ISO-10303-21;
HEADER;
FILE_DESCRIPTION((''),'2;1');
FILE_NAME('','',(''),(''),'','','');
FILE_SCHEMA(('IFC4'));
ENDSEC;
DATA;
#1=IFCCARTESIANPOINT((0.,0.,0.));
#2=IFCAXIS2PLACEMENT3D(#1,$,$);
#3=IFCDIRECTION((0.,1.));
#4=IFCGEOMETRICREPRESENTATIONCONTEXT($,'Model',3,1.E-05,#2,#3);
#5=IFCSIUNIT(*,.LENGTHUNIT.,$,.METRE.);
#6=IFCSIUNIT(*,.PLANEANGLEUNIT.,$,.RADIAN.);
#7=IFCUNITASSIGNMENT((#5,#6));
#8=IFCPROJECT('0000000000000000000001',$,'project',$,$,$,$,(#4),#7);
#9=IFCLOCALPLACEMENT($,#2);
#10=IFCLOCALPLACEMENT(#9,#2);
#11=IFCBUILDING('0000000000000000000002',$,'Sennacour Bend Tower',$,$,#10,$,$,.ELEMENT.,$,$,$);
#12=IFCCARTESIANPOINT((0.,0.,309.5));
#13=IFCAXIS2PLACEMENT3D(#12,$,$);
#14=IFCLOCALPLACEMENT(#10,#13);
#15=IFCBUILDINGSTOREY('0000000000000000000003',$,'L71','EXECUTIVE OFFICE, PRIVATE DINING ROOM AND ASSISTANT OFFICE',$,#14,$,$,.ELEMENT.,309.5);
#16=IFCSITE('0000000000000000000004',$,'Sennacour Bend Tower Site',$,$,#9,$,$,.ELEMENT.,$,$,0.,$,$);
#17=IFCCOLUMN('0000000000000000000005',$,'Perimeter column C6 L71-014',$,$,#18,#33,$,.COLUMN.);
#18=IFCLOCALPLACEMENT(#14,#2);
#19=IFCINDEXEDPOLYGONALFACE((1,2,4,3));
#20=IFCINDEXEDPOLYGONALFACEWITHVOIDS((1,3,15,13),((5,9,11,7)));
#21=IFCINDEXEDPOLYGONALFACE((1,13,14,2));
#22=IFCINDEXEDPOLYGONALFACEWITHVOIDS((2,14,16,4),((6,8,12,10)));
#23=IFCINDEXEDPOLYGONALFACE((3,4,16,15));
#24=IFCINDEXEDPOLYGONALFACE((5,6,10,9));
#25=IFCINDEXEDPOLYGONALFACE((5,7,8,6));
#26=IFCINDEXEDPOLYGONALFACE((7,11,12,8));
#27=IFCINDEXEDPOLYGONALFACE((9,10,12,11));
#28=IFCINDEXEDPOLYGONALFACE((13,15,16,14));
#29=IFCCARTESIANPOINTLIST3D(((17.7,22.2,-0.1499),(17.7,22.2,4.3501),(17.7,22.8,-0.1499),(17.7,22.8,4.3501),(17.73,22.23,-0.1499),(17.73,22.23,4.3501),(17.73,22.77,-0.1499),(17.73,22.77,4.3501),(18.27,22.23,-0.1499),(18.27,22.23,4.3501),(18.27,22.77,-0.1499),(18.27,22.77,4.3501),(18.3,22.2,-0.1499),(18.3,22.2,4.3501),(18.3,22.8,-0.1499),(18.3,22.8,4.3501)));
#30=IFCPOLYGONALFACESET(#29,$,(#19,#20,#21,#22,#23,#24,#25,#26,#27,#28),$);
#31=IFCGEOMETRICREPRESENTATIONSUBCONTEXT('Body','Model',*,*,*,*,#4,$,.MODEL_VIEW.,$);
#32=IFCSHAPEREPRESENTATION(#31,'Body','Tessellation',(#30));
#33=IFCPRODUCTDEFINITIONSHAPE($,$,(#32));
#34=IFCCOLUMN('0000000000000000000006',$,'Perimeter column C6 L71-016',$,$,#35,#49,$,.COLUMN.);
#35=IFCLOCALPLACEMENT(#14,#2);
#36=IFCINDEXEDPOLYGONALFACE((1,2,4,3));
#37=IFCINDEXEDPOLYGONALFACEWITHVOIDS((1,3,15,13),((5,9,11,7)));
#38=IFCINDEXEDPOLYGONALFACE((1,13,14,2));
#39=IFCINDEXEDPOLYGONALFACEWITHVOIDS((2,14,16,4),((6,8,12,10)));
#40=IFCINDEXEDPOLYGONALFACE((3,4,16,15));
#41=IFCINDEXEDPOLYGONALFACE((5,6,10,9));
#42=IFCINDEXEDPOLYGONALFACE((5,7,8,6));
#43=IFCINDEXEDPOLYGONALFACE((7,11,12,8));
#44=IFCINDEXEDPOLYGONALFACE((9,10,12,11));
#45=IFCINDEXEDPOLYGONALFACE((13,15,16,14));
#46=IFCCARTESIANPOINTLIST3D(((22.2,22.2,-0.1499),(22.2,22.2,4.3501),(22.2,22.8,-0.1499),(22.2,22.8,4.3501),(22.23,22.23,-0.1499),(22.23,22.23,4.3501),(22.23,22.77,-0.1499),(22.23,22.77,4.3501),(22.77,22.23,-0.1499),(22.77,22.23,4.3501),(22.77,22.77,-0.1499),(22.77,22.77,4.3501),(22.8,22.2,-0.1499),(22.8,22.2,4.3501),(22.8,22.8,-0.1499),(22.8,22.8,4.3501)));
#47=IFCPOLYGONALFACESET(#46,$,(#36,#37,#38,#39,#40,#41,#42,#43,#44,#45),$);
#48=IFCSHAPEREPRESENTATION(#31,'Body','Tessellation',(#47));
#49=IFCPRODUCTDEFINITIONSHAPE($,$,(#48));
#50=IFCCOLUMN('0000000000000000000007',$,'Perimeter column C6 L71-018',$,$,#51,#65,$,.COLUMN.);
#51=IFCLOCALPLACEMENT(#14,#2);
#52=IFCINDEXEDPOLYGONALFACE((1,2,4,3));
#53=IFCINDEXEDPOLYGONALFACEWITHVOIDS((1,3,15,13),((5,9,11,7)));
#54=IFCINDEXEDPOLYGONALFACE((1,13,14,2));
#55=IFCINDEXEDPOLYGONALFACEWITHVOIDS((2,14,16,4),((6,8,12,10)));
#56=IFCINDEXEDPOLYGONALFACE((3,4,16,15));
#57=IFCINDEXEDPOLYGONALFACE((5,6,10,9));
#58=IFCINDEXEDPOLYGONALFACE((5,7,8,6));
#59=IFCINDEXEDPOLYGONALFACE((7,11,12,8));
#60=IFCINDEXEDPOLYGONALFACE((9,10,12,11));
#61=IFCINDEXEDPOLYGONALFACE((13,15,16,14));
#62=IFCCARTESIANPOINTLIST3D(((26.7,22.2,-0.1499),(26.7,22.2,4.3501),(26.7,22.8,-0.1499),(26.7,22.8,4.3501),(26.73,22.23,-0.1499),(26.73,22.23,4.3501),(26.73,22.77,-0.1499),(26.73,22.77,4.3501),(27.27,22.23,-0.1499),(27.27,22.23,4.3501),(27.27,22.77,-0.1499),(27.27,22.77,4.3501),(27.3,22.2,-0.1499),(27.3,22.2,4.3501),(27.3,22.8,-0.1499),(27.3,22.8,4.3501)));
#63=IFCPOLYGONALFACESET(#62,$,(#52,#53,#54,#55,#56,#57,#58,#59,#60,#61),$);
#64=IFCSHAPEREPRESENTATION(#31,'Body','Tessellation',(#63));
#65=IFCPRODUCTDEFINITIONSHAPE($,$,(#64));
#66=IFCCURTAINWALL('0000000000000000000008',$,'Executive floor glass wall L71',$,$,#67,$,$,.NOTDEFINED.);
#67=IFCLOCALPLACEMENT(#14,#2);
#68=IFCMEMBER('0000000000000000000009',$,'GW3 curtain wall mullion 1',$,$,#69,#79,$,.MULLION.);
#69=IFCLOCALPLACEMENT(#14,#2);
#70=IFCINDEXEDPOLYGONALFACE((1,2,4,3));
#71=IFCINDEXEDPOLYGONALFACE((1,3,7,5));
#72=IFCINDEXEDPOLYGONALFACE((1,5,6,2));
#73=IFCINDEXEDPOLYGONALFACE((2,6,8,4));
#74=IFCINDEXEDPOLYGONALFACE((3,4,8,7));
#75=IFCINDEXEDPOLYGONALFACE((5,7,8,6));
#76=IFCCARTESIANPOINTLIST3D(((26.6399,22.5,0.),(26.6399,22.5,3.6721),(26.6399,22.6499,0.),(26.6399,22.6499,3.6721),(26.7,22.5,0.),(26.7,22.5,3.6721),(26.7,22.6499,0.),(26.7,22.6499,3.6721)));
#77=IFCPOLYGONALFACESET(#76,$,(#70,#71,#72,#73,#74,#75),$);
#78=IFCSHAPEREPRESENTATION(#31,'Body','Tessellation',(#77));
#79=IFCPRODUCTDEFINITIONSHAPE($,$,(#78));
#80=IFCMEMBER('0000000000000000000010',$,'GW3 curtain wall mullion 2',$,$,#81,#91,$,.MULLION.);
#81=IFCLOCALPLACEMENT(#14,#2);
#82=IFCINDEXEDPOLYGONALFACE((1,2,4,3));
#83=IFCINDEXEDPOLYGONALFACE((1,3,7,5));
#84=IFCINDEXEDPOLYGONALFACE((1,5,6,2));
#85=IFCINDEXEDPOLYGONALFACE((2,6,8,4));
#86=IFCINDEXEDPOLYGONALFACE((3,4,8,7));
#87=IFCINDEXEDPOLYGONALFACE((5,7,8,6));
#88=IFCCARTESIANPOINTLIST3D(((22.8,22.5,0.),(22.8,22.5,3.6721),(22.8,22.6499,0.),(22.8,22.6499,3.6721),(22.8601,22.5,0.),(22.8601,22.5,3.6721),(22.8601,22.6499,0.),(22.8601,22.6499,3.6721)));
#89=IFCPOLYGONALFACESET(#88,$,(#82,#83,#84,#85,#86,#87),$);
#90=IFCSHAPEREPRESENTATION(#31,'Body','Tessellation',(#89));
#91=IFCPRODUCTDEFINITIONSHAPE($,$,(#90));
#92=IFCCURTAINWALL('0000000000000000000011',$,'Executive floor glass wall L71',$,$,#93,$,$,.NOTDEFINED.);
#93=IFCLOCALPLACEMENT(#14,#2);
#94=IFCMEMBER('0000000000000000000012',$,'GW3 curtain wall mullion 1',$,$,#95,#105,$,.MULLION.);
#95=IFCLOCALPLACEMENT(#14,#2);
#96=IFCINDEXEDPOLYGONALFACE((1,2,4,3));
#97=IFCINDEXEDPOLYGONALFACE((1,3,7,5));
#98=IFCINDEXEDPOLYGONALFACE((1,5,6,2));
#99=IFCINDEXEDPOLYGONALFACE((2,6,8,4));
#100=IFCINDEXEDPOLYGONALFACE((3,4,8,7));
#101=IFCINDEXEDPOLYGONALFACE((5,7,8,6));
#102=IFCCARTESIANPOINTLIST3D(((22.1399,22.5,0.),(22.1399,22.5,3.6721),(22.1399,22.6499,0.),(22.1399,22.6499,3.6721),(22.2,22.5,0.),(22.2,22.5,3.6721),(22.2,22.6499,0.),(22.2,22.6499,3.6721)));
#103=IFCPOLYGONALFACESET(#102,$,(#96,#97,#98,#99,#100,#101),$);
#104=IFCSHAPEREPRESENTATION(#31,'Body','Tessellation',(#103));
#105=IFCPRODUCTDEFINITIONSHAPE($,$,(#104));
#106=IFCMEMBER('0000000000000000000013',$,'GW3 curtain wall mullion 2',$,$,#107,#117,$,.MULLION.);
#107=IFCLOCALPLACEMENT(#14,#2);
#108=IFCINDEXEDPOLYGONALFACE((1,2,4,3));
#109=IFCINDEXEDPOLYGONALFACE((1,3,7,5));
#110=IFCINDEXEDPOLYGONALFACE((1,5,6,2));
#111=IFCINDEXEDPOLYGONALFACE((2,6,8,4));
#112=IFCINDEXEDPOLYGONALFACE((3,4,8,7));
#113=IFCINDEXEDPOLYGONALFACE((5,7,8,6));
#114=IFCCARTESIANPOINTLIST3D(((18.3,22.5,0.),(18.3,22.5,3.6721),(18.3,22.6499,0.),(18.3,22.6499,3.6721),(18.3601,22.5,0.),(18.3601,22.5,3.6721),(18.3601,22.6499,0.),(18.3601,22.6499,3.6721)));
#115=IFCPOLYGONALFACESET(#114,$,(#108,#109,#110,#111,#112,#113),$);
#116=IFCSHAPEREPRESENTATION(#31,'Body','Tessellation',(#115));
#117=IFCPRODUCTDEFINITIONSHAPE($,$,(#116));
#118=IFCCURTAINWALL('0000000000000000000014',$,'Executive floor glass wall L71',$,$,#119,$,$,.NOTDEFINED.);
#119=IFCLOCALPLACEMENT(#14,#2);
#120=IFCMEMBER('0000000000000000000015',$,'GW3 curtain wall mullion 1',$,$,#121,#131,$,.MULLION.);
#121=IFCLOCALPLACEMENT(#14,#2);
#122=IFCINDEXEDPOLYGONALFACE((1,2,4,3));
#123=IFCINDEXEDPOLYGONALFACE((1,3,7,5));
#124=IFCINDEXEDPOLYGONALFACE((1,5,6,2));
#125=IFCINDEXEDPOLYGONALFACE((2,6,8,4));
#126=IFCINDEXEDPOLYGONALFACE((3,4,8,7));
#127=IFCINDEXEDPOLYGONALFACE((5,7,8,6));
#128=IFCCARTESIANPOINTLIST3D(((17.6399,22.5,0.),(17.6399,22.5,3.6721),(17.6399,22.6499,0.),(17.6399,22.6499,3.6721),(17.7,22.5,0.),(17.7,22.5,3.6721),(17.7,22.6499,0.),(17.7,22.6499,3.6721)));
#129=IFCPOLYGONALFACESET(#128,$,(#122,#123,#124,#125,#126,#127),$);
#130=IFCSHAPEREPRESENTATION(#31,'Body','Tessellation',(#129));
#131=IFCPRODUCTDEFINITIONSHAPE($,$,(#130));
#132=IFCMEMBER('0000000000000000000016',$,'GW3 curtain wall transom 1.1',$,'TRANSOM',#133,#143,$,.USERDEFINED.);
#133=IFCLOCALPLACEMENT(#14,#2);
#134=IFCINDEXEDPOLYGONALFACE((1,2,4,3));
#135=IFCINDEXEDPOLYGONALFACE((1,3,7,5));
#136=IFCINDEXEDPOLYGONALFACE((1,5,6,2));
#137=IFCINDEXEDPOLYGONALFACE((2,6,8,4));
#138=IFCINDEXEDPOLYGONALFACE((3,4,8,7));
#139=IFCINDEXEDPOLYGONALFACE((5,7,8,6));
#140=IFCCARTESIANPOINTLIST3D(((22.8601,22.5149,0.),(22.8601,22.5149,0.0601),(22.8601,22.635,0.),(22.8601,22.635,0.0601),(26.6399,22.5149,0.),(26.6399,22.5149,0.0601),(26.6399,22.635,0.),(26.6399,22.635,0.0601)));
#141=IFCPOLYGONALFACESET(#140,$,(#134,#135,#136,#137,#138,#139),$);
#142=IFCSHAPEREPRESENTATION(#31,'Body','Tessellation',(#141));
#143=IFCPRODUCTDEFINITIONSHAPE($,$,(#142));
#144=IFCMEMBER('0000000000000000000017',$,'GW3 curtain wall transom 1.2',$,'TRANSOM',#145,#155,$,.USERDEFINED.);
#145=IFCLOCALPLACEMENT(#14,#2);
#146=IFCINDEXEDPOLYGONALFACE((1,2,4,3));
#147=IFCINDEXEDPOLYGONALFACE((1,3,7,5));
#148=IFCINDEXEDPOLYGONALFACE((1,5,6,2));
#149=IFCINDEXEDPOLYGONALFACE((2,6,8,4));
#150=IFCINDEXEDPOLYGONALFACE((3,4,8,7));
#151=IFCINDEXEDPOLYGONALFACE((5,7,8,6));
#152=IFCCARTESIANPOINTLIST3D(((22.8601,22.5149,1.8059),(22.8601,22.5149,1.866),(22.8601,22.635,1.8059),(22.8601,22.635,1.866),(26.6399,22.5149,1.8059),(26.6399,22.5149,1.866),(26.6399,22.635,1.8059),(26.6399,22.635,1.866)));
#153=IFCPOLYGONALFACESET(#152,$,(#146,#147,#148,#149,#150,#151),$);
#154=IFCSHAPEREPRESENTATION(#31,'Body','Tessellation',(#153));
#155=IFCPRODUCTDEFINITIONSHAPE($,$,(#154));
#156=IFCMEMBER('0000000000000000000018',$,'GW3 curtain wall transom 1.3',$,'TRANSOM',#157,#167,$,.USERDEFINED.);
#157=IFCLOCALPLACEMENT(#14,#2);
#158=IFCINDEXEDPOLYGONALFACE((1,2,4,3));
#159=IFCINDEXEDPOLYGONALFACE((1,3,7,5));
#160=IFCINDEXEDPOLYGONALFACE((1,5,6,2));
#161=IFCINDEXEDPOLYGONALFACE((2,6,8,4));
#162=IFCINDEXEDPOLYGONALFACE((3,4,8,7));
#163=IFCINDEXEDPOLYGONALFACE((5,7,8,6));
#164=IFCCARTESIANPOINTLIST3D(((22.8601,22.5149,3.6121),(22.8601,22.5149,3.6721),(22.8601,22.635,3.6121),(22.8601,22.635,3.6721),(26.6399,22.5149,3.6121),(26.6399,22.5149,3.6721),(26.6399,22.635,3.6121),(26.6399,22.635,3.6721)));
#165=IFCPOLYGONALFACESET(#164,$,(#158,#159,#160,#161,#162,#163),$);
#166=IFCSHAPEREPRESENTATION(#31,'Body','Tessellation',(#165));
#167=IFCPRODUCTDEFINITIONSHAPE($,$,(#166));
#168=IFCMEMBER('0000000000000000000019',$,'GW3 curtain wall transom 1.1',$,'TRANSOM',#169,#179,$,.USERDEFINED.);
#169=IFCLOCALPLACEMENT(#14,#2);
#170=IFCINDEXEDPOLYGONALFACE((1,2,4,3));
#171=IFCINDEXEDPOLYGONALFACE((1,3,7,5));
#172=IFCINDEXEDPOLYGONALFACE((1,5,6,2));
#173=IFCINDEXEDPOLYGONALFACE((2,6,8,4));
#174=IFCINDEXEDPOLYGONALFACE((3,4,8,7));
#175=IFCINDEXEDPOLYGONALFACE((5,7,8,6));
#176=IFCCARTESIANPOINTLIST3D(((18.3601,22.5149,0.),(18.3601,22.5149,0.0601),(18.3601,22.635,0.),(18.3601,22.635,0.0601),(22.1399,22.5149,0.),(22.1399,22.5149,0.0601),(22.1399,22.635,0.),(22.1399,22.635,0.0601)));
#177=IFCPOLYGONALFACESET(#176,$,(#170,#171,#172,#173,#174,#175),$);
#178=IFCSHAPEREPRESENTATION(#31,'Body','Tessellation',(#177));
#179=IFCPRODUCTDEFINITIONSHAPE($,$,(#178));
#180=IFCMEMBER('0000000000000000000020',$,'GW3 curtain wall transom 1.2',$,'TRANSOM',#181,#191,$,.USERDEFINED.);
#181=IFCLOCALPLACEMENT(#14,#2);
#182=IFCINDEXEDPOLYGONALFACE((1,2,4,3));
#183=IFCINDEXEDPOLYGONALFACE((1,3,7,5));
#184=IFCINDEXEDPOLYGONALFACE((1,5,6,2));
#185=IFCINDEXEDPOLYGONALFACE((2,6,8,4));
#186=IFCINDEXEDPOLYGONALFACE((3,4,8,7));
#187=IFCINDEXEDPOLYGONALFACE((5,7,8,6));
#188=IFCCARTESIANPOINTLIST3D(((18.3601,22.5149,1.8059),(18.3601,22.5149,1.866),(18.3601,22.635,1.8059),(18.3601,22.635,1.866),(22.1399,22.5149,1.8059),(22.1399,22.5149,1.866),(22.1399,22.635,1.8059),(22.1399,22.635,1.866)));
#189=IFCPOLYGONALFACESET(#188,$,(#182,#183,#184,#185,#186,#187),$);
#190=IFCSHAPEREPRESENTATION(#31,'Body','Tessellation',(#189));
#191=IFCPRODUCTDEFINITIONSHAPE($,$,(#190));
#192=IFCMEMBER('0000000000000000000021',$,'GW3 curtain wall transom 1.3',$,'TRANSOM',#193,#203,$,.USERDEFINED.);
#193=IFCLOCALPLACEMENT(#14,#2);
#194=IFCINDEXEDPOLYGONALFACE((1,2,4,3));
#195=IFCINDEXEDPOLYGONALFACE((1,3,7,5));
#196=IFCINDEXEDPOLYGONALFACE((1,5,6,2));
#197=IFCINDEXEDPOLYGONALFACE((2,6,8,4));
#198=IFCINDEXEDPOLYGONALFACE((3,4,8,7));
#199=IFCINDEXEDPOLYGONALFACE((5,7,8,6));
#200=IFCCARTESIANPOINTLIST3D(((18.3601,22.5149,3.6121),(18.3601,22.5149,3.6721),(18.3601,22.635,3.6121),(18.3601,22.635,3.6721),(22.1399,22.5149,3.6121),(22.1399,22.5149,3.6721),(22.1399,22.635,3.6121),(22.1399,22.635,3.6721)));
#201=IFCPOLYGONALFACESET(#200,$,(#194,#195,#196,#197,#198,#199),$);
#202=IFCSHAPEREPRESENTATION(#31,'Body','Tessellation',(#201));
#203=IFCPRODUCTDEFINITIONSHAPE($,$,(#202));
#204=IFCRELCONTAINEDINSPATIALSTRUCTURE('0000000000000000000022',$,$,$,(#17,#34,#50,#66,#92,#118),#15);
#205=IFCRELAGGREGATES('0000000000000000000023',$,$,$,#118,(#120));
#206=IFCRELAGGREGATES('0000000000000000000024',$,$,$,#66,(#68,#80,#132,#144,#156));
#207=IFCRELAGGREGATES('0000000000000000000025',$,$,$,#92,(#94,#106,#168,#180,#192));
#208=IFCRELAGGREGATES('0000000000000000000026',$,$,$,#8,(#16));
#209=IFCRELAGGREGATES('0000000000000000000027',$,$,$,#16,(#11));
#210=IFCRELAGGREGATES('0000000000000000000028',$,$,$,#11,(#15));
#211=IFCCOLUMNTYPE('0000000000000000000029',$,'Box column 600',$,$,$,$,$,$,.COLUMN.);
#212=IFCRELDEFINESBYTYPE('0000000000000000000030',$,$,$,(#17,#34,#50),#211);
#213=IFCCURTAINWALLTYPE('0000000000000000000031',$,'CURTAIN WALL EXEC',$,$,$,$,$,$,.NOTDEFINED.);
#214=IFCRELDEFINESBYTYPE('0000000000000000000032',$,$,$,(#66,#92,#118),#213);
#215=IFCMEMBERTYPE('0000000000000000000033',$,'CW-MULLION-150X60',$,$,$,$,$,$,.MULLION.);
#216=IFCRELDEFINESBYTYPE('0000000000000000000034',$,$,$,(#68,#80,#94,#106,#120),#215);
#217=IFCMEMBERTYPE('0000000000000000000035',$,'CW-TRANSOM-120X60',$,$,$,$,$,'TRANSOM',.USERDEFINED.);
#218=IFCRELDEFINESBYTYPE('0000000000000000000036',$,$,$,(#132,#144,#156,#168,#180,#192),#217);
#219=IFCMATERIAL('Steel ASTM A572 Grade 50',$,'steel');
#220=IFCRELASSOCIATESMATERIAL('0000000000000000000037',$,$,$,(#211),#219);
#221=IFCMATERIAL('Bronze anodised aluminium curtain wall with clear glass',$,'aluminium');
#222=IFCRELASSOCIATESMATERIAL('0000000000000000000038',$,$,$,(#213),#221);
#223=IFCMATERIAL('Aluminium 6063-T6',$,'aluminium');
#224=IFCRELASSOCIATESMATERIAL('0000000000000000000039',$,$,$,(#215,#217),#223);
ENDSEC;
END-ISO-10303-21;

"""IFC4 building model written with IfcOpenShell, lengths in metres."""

from ifc_helpers import new_model, si_unit, direction, frame, origin, origin_2d, place, context, subcontext, project, spatial, rectangle, hollow_rectangle, extrude, material, material_profile, profile_set, type_object, element, aggregate, save


model = new_model("IFC4")

# Units and contexts
model_context = context("Model", 3, precision=1e-05, world=origin(), true_north=direction((0.0, 1.0)))
body_context = subcontext(model_context, "Body", "Model", "MODEL_VIEW")
ifc_project = project(units=[si_unit("LENGTHUNIT", "METRE"), si_unit("PLANEANGLEUNIT", "RADIAN")], contexts=[model_context])

# Site, building, storey
site_placement = place(None, origin())
site = spatial("IfcSite", under=ifc_project, at=site_placement, Name="Sennacour Bend Tower Site", CompositionType="ELEMENT", RefElevation=0.0)
building_placement = place(site_placement, origin())
building = spatial("IfcBuilding", under=site, at=building_placement, Name="Sennacour Bend Tower", CompositionType="ELEMENT")
storey_placement = place(building_placement, frame((0.0, 0.0, 309.5)))
storey = spatial("IfcBuildingStorey", under=building, at=storey_placement, Name="L71", Description="EXECUTIVE OFFICE, PRIVATE DINING ROOM AND ASSISTANT OFFICE", CompositionType="ELEMENT", Elevation=309.5)

# Columns
ifc_material_1 = material(Name="Steel ASTM A572 Grade 50", Category="steel")
ifc_material_profile_1 = material_profile(ifc_material_1, hollow_rectangle(XDim=0.6001, YDim=0.6001, WallThickness=0.03, at=origin_2d()), Name="Steel ASTM A572 Grade 50", Category="steel")
ifc_profile_set_1 = profile_set([ifc_material_profile_1], Name="Steel ASTM A572 Grade 50")
column_type = type_object("IfcColumnType", Name="Box column 600", PredefinedType="COLUMN", material=ifc_profile_set_1)
for number, where, z_axis, x_axis, name in (
    (1, (18.0, 22.5, -0.1499), (0.0, 0.0, 1.0), (1.0, 0.0, 0.0), "Perimeter column C6 L71-014"),
    (2, (22.5, 22.5, -0.1499), (0.0, 0.0, 1.0), (1.0, 0.0, 0.0), "Perimeter column C6 L71-016"),
    (3, (27.0, 22.5, -0.1499), (0.0, 0.0, 1.0), (1.0, 0.0, 0.0), "Perimeter column C6 L71-018"),
):
    element("IfcColumn", number, at=place(storey_placement, frame(where, z_axis=z_axis, x_axis=x_axis)), inside=storey, type_object=column_type, Name=name, PredefinedType="COLUMN", context=body_context, shape_type="SweptSolid", body=[
        extrude(hollow_rectangle(XDim=0.6001, YDim=0.6001, WallThickness=0.03, at=origin_2d()), origin(), (0.0, 0.0, 1.0), 4.5),
    ])

# Curtain walls, members
ifc_material_2 = material(Name="Bronze anodised aluminium curtain wall with clear glass", Category="aluminium")
curtain_wall_type = type_object("IfcCurtainWallType", Name="CURTAIN WALL EXEC", PredefinedType="NOTDEFINED", material=ifc_material_2)
curtain_wall_1_placement = place(storey_placement, origin())
curtain_wall_1 = element("IfcCurtainWall", 4, at=curtain_wall_1_placement, inside=storey, type_object=curtain_wall_type, Name="Executive floor glass wall L71", PredefinedType="NOTDEFINED")
ifc_material_3 = material(Name="Aluminium 6063-T6", Category="aluminium")
ifc_material_profile_2 = material_profile(ifc_material_3, rectangle(XDim=0.1499, YDim=0.0601, at=origin_2d()), Name="Aluminium 6063-T6", Category="aluminium")
ifc_profile_set_2 = profile_set([ifc_material_profile_2], Name="Aluminium 6063-T6")
member_type_1 = type_object("IfcMemberType", Name="CW-MULLION-150X60", PredefinedType="MULLION", material=ifc_profile_set_2)
member_1_placement = place(storey_placement, frame((26.6699, 22.575, 0.0), z_axis=(0.0, 0.0, 1.0), x_axis=(0.0, -1.0, 0.0)))
member_1 = element("IfcMember", 5, at=member_1_placement, type_object=member_type_1, Name="GW3 curtain wall mullion 1", PredefinedType="MULLION", context=body_context, shape_type="SweptSolid", body=[
    extrude(rectangle(XDim=0.1499, YDim=0.0601, at=origin_2d()), origin(), (0.0, 0.0, 1.0), 3.6721),
])
member_2_placement = place(storey_placement, frame((22.8301, 22.575, 0.0), z_axis=(0.0, 0.0, 1.0), x_axis=(0.0, -1.0, 0.0)))
member_2 = element("IfcMember", 6, at=member_2_placement, type_object=member_type_1, Name="GW3 curtain wall mullion 2", PredefinedType="MULLION", context=body_context, shape_type="SweptSolid", body=[
    extrude(rectangle(XDim=0.1499, YDim=0.0601, at=origin_2d()), origin(), (0.0, 0.0, 1.0), 3.6721),
])
curtain_wall_2_placement = place(storey_placement, origin())
curtain_wall_2 = element("IfcCurtainWall", 7, at=curtain_wall_2_placement, inside=storey, type_object=curtain_wall_type, Name="Executive floor glass wall L71", PredefinedType="NOTDEFINED")
member_3_placement = place(storey_placement, frame((22.1699, 22.575, 0.0), z_axis=(0.0, 0.0, 1.0), x_axis=(0.0, -1.0, 0.0)))
member_3 = element("IfcMember", 8, at=member_3_placement, type_object=member_type_1, Name="GW3 curtain wall mullion 1", PredefinedType="MULLION", context=body_context, shape_type="SweptSolid", body=[
    extrude(rectangle(XDim=0.1499, YDim=0.0601, at=origin_2d()), origin(), (0.0, 0.0, 1.0), 3.6721),
])
member_4_placement = place(storey_placement, frame((18.3301, 22.575, 0.0), z_axis=(0.0, 0.0, 1.0), x_axis=(0.0, -1.0, 0.0)))
member_4 = element("IfcMember", 9, at=member_4_placement, type_object=member_type_1, Name="GW3 curtain wall mullion 2", PredefinedType="MULLION", context=body_context, shape_type="SweptSolid", body=[
    extrude(rectangle(XDim=0.1499, YDim=0.0601, at=origin_2d()), origin(), (0.0, 0.0, 1.0), 3.6721),
])

# Curtain wall, member
curtain_wall_3_placement = place(storey_placement, origin())
curtain_wall_3 = element("IfcCurtainWall", 10, at=curtain_wall_3_placement, inside=storey, type_object=curtain_wall_type, Name="Executive floor glass wall L71", PredefinedType="NOTDEFINED")
member_5_placement = place(storey_placement, frame((17.6699, 22.575, 0.0), z_axis=(0.0, 0.0, 1.0), x_axis=(0.0, -1.0, 0.0)))
member_5 = element("IfcMember", 11, at=member_5_placement, type_object=member_type_1, Name="GW3 curtain wall mullion 1", PredefinedType="MULLION", context=body_context, shape_type="SweptSolid", body=[
    extrude(rectangle(XDim=0.1499, YDim=0.0601, at=origin_2d()), origin(), (0.0, 0.0, 1.0), 3.6721),
])

# Members
ifc_material_profile_3 = material_profile(ifc_material_3, rectangle(XDim=0.1201, YDim=0.0601, at=origin_2d()), Name="Aluminium 6063-T6", Category="aluminium")
ifc_profile_set_3 = profile_set([ifc_material_profile_3], Name="Aluminium 6063-T6")
member_type_2 = type_object("IfcMemberType", Name="CW-TRANSOM-120X60", ElementType="TRANSOM", PredefinedType="USERDEFINED", material=ifc_profile_set_3)
member_6_placement = place(storey_placement, frame((26.6399, 22.575, 0.03), z_axis=(-1.0, 0.0, 0.0), x_axis=(0.0, -1.0, 0.0)))
member_6 = element("IfcMember", 12, at=member_6_placement, type_object=member_type_2, Name="GW3 curtain wall transom 1.1", ObjectType="TRANSOM", PredefinedType="USERDEFINED", context=body_context, shape_type="SweptSolid", body=[
    extrude(rectangle(XDim=0.1201, YDim=0.0601, at=origin_2d()), origin(), (0.0, 0.0, 1.0), 3.7798),
])
member_7_placement = place(storey_placement, frame((26.6399, 22.575, 1.8359), z_axis=(-1.0, 0.0, 0.0), x_axis=(0.0, -1.0, 0.0)))
member_7 = element("IfcMember", 13, at=member_7_placement, type_object=member_type_2, Name="GW3 curtain wall transom 1.2", ObjectType="TRANSOM", PredefinedType="USERDEFINED", context=body_context, shape_type="SweptSolid", body=[
    extrude(rectangle(XDim=0.1201, YDim=0.0601, at=origin_2d()), origin(), (0.0, 0.0, 1.0), 3.7798),
])
member_8_placement = place(storey_placement, frame((26.6399, 22.575, 3.6421), z_axis=(-1.0, 0.0, 0.0), x_axis=(0.0, -1.0, 0.0)))
member_8 = element("IfcMember", 14, at=member_8_placement, type_object=member_type_2, Name="GW3 curtain wall transom 1.3", ObjectType="TRANSOM", PredefinedType="USERDEFINED", context=body_context, shape_type="SweptSolid", body=[
    extrude(rectangle(XDim=0.1201, YDim=0.0601, at=origin_2d()), origin(), (0.0, 0.0, 1.0), 3.7798),
])
member_9_placement = place(storey_placement, frame((22.1399, 22.575, 0.03), z_axis=(-1.0, 0.0, 0.0), x_axis=(0.0, -1.0, 0.0)))
member_9 = element("IfcMember", 15, at=member_9_placement, type_object=member_type_2, Name="GW3 curtain wall transom 1.1", ObjectType="TRANSOM", PredefinedType="USERDEFINED", context=body_context, shape_type="SweptSolid", body=[
    extrude(rectangle(XDim=0.1201, YDim=0.0601, at=origin_2d()), origin(), (0.0, 0.0, 1.0), 3.7798),
])
member_10_placement = place(storey_placement, frame((22.1399, 22.575, 1.8359), z_axis=(-1.0, 0.0, 0.0), x_axis=(0.0, -1.0, 0.0)))
member_10 = element("IfcMember", 16, at=member_10_placement, type_object=member_type_2, Name="GW3 curtain wall transom 1.2", ObjectType="TRANSOM", PredefinedType="USERDEFINED", context=body_context, shape_type="SweptSolid", body=[
    extrude(rectangle(XDim=0.1201, YDim=0.0601, at=origin_2d()), origin(), (0.0, 0.0, 1.0), 3.7798),
])
member_11_placement = place(storey_placement, frame((22.1399, 22.575, 3.6421), z_axis=(-1.0, 0.0, 0.0), x_axis=(0.0, -1.0, 0.0)))
member_11 = element("IfcMember", 17, at=member_11_placement, type_object=member_type_2, Name="GW3 curtain wall transom 1.3", ObjectType="TRANSOM", PredefinedType="USERDEFINED", context=body_context, shape_type="SweptSolid", body=[
    extrude(rectangle(XDim=0.1201, YDim=0.0601, at=origin_2d()), origin(), (0.0, 0.0, 1.0), 3.7798),
])
aggregate(curtain_wall_3, [member_5])

aggregate(curtain_wall_1, [member_1, member_2, member_6, member_7, member_8])
aggregate(curtain_wall_2, [member_3, member_4, member_9, member_10, member_11])

save(model, "model.ifc")
